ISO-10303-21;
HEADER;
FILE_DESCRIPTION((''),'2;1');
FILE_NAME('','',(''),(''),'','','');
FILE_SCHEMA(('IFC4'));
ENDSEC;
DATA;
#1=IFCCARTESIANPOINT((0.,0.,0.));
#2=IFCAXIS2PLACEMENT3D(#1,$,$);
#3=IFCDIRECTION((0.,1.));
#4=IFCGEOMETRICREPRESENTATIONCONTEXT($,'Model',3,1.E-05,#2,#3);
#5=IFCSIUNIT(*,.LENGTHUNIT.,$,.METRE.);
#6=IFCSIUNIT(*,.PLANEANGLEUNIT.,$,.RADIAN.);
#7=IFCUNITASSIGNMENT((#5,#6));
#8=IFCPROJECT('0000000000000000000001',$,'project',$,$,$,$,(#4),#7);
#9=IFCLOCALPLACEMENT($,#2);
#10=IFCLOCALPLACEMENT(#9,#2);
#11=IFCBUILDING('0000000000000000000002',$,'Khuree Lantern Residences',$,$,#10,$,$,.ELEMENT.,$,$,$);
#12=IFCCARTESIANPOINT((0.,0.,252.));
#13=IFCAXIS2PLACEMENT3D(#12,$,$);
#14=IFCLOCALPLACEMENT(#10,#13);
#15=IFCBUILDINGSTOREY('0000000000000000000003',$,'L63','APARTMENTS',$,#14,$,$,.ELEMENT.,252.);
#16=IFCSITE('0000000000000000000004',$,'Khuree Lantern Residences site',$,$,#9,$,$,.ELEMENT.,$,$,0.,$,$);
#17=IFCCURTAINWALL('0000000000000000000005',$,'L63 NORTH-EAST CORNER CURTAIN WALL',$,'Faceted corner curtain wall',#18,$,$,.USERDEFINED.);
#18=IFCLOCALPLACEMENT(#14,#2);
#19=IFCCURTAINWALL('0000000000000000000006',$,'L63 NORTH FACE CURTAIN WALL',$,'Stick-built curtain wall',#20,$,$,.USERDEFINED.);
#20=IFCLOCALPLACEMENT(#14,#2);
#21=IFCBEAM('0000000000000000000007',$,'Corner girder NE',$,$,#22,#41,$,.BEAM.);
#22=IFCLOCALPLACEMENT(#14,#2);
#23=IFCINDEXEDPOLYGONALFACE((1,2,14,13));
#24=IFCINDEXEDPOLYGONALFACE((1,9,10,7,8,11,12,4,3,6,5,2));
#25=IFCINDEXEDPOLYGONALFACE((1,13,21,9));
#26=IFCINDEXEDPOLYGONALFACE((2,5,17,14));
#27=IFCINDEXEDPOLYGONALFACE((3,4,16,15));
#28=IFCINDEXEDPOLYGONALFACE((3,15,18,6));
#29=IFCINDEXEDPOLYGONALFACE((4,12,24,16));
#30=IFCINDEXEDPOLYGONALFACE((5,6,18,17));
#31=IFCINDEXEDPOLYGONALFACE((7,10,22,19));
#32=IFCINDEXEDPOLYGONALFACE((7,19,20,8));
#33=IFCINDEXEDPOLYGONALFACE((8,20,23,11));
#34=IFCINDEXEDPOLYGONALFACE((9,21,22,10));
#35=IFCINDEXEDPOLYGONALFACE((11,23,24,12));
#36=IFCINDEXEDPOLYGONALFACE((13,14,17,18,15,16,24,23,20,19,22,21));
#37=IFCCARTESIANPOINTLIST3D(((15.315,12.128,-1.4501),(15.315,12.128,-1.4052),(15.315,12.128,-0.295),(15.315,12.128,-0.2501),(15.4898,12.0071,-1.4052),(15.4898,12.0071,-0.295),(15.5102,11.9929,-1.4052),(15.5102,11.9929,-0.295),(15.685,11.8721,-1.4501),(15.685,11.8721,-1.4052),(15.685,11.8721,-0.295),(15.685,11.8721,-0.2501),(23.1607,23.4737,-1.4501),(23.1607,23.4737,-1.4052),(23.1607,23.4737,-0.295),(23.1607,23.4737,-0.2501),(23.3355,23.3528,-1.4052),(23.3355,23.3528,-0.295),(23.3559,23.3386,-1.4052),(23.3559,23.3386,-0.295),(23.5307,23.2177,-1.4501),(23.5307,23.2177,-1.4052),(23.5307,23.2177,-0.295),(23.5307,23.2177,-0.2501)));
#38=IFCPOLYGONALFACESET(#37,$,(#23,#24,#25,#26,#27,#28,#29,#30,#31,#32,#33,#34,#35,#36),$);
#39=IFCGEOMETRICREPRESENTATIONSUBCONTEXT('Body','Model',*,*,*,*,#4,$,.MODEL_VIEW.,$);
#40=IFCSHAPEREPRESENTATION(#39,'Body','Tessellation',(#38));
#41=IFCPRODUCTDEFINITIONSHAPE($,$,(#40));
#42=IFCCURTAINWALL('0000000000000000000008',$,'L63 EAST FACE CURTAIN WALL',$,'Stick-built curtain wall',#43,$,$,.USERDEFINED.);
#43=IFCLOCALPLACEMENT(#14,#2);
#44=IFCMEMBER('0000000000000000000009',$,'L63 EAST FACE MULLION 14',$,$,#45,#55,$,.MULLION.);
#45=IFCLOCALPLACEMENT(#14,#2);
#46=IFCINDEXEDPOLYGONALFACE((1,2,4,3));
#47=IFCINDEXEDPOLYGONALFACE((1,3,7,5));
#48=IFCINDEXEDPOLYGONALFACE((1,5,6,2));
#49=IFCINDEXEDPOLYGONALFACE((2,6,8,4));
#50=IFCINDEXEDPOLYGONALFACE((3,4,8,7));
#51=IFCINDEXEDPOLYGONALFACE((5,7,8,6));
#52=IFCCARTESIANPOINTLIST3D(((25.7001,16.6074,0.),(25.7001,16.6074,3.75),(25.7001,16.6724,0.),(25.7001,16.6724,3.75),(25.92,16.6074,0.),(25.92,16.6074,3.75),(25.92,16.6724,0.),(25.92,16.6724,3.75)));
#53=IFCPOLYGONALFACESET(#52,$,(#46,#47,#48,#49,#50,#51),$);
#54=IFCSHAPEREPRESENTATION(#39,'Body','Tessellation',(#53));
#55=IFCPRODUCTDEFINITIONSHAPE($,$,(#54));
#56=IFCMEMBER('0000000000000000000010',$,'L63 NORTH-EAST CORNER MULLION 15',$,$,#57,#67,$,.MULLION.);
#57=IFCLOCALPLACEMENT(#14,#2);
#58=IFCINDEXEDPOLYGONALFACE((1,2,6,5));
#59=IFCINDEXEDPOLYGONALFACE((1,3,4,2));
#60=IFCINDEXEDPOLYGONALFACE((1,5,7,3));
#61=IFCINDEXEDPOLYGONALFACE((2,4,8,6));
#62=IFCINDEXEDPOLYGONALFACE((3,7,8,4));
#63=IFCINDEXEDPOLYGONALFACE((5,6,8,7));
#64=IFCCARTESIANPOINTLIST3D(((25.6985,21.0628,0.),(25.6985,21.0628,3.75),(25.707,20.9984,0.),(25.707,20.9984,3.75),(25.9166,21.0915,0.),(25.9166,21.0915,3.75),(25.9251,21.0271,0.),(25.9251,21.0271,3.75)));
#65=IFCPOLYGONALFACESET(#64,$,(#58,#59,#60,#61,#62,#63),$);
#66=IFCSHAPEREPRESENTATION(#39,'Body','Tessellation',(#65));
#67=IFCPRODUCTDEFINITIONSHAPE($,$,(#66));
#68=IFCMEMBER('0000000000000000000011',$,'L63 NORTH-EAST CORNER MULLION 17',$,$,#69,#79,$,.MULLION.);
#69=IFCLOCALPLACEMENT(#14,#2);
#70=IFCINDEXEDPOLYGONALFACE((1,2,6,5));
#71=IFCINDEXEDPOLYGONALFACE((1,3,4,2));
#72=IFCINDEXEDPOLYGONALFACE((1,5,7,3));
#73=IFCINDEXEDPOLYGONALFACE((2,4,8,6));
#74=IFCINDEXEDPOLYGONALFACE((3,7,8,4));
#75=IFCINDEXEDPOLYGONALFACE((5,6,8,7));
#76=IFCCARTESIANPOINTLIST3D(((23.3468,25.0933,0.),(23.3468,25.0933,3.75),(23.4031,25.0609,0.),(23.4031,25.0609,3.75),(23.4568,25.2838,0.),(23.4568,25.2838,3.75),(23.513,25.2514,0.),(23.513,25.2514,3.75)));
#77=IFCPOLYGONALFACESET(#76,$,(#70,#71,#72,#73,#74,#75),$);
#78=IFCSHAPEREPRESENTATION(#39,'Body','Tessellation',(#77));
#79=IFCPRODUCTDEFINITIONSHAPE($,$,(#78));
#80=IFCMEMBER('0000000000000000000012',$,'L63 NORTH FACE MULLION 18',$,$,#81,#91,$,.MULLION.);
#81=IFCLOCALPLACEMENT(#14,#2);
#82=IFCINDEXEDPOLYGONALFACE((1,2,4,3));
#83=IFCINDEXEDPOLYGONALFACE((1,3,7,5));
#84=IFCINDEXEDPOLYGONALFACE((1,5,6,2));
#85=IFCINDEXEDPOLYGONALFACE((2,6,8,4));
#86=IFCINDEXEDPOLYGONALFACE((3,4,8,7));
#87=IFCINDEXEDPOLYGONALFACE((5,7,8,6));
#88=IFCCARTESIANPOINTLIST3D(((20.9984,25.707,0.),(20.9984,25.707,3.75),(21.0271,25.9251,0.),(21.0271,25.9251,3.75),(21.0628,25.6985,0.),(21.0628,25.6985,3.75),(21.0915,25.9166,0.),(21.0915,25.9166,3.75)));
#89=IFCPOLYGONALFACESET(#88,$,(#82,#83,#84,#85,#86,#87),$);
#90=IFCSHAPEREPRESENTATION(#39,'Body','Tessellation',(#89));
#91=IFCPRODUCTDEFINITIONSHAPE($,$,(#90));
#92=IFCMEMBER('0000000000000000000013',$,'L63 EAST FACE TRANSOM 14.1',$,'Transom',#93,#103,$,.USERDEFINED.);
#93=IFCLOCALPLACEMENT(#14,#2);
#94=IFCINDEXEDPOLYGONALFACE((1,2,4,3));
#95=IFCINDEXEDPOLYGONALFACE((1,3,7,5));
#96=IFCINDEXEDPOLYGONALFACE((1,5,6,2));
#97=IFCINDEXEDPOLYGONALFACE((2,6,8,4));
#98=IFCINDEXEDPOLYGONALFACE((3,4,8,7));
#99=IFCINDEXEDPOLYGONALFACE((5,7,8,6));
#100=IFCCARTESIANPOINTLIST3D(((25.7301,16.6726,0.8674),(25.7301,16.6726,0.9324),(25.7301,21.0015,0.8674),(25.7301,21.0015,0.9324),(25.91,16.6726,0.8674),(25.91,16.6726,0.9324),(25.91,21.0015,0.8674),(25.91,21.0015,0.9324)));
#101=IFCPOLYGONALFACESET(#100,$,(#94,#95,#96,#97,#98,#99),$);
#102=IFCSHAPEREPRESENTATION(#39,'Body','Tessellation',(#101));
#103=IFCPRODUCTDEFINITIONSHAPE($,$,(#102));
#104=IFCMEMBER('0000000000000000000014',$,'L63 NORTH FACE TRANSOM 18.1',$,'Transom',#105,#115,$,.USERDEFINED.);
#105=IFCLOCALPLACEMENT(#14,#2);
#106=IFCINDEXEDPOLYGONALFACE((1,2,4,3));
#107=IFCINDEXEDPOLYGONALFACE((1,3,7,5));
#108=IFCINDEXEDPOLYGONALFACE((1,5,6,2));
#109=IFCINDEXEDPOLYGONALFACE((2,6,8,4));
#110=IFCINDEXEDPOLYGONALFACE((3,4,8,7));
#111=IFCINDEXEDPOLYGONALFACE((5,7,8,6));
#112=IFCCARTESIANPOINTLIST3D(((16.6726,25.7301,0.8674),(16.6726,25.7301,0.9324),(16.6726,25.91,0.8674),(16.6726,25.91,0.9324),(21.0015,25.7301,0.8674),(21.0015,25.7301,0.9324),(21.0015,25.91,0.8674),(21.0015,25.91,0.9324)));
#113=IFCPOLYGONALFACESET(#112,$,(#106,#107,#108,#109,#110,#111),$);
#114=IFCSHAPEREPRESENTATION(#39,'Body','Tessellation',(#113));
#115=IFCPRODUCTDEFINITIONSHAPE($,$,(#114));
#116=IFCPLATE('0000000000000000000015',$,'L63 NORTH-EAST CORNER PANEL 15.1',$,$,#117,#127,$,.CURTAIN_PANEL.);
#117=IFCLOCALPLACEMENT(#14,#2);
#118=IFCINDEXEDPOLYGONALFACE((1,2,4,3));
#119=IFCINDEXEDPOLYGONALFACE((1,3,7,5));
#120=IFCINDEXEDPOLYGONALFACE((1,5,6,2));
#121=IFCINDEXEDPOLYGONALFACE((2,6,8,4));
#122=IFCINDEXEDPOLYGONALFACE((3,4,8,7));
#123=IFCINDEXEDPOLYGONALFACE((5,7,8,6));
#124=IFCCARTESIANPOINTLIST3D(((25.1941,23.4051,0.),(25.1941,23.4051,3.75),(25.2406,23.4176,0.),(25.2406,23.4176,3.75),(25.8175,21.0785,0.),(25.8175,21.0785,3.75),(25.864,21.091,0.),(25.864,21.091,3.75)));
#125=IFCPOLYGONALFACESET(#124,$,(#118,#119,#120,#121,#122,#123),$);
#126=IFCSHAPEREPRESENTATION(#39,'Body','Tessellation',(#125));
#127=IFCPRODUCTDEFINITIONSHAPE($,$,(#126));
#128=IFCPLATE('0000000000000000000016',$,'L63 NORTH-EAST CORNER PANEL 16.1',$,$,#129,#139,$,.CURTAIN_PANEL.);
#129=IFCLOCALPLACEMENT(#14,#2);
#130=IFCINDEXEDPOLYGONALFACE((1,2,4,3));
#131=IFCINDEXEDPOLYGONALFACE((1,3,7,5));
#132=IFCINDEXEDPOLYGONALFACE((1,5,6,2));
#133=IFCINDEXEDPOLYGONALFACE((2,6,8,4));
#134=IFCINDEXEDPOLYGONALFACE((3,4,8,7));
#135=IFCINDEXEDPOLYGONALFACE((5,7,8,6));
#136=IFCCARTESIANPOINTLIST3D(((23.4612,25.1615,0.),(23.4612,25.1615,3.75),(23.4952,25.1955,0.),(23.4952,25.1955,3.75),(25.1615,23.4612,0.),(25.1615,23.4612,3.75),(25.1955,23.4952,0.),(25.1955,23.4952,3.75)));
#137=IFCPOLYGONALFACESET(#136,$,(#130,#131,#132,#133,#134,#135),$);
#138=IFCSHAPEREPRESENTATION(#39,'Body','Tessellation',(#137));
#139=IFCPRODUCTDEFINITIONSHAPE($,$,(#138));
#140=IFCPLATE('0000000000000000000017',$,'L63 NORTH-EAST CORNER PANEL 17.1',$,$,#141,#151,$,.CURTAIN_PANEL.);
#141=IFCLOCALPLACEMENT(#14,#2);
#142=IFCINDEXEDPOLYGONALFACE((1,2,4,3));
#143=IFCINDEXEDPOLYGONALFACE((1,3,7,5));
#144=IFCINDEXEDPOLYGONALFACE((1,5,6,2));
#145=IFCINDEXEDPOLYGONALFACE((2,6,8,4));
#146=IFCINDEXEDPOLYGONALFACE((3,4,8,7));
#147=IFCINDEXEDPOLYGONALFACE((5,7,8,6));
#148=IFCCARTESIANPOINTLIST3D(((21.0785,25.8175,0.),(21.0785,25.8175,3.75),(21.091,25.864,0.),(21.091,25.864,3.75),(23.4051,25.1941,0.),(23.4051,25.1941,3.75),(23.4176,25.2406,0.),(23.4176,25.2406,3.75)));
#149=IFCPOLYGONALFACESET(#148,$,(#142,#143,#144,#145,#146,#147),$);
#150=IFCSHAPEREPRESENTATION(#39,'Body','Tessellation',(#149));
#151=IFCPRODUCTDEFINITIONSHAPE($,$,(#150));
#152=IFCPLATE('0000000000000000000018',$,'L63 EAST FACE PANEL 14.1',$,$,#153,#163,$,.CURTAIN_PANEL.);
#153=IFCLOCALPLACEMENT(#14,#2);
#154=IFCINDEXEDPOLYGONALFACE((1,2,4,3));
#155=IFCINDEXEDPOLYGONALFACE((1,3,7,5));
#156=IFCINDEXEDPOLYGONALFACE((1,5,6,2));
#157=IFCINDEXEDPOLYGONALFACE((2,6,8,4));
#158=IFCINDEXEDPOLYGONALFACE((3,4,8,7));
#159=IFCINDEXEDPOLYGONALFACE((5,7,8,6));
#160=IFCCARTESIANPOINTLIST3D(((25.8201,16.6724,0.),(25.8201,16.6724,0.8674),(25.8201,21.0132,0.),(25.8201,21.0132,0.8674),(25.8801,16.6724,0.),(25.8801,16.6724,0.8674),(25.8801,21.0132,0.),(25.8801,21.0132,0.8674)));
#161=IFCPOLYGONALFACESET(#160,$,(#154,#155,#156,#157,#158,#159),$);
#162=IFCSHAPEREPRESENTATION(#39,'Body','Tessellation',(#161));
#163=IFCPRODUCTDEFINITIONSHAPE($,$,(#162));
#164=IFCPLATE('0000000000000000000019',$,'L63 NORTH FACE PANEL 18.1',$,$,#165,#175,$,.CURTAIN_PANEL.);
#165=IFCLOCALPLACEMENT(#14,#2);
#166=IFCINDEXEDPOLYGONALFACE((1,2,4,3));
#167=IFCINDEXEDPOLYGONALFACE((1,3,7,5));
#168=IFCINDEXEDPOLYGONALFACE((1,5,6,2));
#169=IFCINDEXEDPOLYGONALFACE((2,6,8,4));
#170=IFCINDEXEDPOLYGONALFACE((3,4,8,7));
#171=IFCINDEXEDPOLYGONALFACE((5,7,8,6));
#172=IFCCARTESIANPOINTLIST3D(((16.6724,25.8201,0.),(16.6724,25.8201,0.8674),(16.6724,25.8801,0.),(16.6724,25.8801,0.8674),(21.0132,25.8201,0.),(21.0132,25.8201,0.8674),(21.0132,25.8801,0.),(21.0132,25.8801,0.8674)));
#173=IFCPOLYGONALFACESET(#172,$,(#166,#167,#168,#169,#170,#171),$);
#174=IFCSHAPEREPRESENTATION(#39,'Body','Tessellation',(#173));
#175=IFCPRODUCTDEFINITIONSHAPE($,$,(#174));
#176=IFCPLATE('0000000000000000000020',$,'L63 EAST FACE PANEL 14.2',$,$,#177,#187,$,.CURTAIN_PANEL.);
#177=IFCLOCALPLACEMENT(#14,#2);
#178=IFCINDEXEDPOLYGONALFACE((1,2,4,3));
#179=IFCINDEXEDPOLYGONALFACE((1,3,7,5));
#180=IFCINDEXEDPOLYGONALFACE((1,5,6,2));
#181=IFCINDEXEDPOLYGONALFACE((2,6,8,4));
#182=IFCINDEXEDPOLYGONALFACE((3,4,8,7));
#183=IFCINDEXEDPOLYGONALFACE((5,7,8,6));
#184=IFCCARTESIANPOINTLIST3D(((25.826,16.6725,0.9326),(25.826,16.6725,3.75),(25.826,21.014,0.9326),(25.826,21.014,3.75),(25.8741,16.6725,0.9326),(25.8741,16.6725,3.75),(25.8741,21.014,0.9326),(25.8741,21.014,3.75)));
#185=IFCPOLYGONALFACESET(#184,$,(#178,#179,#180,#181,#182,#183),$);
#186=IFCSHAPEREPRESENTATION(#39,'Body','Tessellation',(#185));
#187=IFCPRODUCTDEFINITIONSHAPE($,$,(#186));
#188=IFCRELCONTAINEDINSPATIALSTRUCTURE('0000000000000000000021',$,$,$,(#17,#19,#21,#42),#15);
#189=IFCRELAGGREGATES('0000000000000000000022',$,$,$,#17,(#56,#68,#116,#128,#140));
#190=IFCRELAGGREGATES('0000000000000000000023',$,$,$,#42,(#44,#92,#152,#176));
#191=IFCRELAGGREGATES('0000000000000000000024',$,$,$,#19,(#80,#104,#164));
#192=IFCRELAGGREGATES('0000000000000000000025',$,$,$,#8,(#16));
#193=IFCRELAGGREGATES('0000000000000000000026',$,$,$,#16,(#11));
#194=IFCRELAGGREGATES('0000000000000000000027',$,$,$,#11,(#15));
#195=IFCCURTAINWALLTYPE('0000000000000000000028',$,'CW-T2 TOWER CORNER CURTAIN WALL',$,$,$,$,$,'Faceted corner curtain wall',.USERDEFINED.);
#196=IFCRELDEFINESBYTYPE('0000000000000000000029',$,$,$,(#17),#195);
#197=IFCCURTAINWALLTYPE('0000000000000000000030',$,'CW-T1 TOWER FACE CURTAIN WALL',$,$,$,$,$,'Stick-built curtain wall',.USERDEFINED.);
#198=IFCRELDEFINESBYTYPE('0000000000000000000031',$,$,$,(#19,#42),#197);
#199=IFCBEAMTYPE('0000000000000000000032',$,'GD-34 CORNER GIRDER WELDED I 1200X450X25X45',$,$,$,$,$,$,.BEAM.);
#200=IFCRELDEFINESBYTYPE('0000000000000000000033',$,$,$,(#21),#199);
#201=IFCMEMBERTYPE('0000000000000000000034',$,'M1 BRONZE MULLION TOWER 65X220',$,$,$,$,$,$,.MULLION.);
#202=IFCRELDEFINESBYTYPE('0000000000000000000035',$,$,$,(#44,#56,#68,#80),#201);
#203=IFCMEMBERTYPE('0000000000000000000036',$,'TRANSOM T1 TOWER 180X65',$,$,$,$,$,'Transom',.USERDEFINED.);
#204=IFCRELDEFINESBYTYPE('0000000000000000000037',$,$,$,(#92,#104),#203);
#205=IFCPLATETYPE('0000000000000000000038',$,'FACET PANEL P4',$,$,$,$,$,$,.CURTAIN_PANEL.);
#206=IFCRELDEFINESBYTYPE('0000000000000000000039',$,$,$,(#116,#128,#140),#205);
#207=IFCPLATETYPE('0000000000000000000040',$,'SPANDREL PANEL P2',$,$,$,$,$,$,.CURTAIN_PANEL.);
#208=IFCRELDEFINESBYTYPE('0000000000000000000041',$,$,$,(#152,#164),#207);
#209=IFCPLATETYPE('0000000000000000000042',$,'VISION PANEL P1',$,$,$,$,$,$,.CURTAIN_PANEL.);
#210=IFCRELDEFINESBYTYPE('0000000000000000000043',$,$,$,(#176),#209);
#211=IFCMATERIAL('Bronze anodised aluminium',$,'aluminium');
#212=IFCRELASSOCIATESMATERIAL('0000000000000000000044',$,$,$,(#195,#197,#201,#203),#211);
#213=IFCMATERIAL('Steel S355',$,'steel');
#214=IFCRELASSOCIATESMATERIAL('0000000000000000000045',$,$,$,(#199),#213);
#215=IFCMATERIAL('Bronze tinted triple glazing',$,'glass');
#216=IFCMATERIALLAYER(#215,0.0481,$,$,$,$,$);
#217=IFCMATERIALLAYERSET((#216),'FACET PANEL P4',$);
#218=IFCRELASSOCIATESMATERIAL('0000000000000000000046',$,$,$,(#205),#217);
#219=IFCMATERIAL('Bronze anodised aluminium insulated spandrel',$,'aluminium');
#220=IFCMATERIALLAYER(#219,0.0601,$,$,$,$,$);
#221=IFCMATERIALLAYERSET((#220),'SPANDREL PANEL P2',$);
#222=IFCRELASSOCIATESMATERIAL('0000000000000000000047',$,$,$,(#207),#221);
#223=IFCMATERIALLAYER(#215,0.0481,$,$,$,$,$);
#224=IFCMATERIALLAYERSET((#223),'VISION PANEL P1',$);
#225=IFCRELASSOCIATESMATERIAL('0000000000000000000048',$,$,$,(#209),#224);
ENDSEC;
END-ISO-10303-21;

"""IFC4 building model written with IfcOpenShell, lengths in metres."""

from ifc_helpers import new_model, si_unit, direction, frame, origin, origin_2d, place, context, subcontext, project, spatial, rectangle, i_section, extrude, material, layer, layer_set, material_profile, profile_set, type_object, element, aggregate, save


model = new_model("IFC4")

# Units and contexts
model_context = context("Model", 3, precision=1e-05, world=origin(), true_north=direction((0.0, 1.0)))
body_context = subcontext(model_context, "Body", "Model", "MODEL_VIEW")
ifc_project = project(units=[si_unit("LENGTHUNIT", "METRE"), si_unit("PLANEANGLEUNIT", "RADIAN")], contexts=[model_context])

# Site, building, storey
site_placement = place(None, origin())
site = spatial("IfcSite", under=ifc_project, at=site_placement, Name="Khuree Lantern Residences site", CompositionType="ELEMENT", RefElevation=0.0)
building_placement = place(site_placement, origin())
building = spatial("IfcBuilding", under=site, at=building_placement, Name="Khuree Lantern Residences", CompositionType="ELEMENT")
storey_placement = place(building_placement, frame((0.0, 0.0, 252.0)))
storey = spatial("IfcBuildingStorey", under=building, at=storey_placement, Name="L63", Description="APARTMENTS", CompositionType="ELEMENT", Elevation=252.0)

# Shared definitions
ifc_material_1 = material(Name="Steel S355", Category="steel")

# Curtain walls
ifc_material_2 = material(Name="Bronze anodised aluminium", Category="aluminium")
curtain_wall_type_1 = type_object("IfcCurtainWallType", Name="CW-T2 TOWER CORNER CURTAIN WALL", ElementType="Faceted corner curtain wall", PredefinedType="USERDEFINED", material=ifc_material_2)
curtain_wall_1_placement = place(storey_placement, origin())
curtain_wall_1 = element("IfcCurtainWall", 1, at=curtain_wall_1_placement, inside=storey, type_object=curtain_wall_type_1, Name="L63 NORTH-EAST CORNER CURTAIN WALL", ObjectType="Faceted corner curtain wall", PredefinedType="USERDEFINED")
curtain_wall_type_2 = type_object("IfcCurtainWallType", Name="CW-T1 TOWER FACE CURTAIN WALL", ElementType="Stick-built curtain wall", PredefinedType="USERDEFINED", material=ifc_material_2)
curtain_wall_2_placement = place(storey_placement, origin())
curtain_wall_2 = element("IfcCurtainWall", 2, at=curtain_wall_2_placement, inside=storey, type_object=curtain_wall_type_2, Name="L63 NORTH FACE CURTAIN WALL", ObjectType="Stick-built curtain wall", PredefinedType="USERDEFINED")

# Beam
ifc_material_profile_1 = material_profile(ifc_material_1, i_section(OverallWidth=0.45, OverallDepth=1.2, WebThickness=0.0249, FlangeThickness=0.0449, at=origin_2d()), Name="WELDED I 1200X450X25X45")
ifc_profile_set_1 = profile_set([ifc_material_profile_1], Name="Steel S355")
beam_type_1 = type_object("IfcBeamType", Name="GD-34 CORNER GIRDER WELDED I 1200X450X25X45", PredefinedType="BEAM", material=ifc_profile_set_1)
beam_1_placement = place(storey_placement, frame((23.3457, 23.3457, -0.8501), z_axis=(-0.568768, -0.822498, 0.0), x_axis=(0.822498, -0.568768, 0.0)))
element("IfcBeam", 3, at=beam_1_placement, inside=storey, type_object=beam_type_1, Name="Corner girder NE", PredefinedType="BEAM", context=body_context, shape_type="SweptSolid", body=[
    extrude(i_section(OverallWidth=0.45, OverallDepth=1.2, WebThickness=0.0249, FlangeThickness=0.0449, at=origin_2d()), origin(), (0.0, 0.0, 1.0), 13.7942),
])

# Curtain wall, member
curtain_wall_3_placement = place(storey_placement, origin())
curtain_wall_3 = element("IfcCurtainWall", 4, at=curtain_wall_3_placement, inside=storey, type_object=curtain_wall_type_2, Name="L63 EAST FACE CURTAIN WALL", ObjectType="Stick-built curtain wall", PredefinedType="USERDEFINED")
ifc_material_profile_2 = material_profile(ifc_material_2, rectangle(XDim=0.0649, YDim=0.22, at=origin_2d()), Name="M1 65X220")
ifc_profile_set_2 = profile_set([ifc_material_profile_2], Name="Bronze anodised aluminium")
member_type_1 = type_object("IfcMemberType", Name="M1 BRONZE MULLION TOWER 65X220", PredefinedType="MULLION", material=ifc_profile_set_2)
member_1_placement = place(storey_placement, frame((25.8101, 16.6399, 0.0), z_axis=(0.0, 0.0, 1.0), x_axis=(0.0, 1.0, 0.0)))
member_1 = element("IfcMember", 5, at=member_1_placement, type_object=member_type_1, Name="L63 EAST FACE MULLION 14", PredefinedType="MULLION", context=body_context, shape_type="SweptSolid", body=[
    extrude(rectangle(XDim=0.0649, YDim=0.22, at=origin_2d()), origin(), (0.0, 0.0, 1.0), 3.75),
])

# Members
member_2_placement = place(storey_placement, frame((25.8118, 21.0449, 0.0), z_axis=(0.0, 0.0, 1.0), x_axis=(-0.130526, 0.991445, 0.0)))
member_2 = element("IfcMember", 6, at=member_2_placement, type_object=member_type_1, Name="L63 NORTH-EAST CORNER MULLION 15", PredefinedType="MULLION", context=body_context, shape_type="SweptSolid", body=[
    extrude(rectangle(XDim=0.0649, YDim=0.22, at=origin_2d()), origin(), (0.0, 0.0, 1.0), 3.75),
])
member_3_placement = place(storey_placement, frame((23.4299, 25.1724, 0.0), z_axis=(0.0, 0.0, 1.0), x_axis=(-0.866025, 0.5, 0.0)))
member_3 = element("IfcMember", 7, at=member_3_placement, type_object=member_type_1, Name="L63 NORTH-EAST CORNER MULLION 17", PredefinedType="MULLION", context=body_context, shape_type="SweptSolid", body=[
    extrude(rectangle(XDim=0.0649, YDim=0.22, at=origin_2d()), origin(), (0.0, 0.0, 1.0), 3.75),
])
member_4_placement = place(storey_placement, frame((21.0449, 25.8118, 0.0), z_axis=(0.0, 0.0, 1.0), x_axis=(-0.991445, 0.130526, 0.0)))
member_4 = element("IfcMember", 8, at=member_4_placement, type_object=member_type_1, Name="L63 NORTH FACE MULLION 18", PredefinedType="MULLION", context=body_context, shape_type="SweptSolid", body=[
    extrude(rectangle(XDim=0.0649, YDim=0.22, at=origin_2d()), origin(), (0.0, 0.0, 1.0), 3.75),
])
ifc_material_profile_3 = material_profile(ifc_material_2, rectangle(XDim=0.1799, YDim=0.0649, at=origin_2d()), Name="T1 180X65")
ifc_profile_set_3 = profile_set([ifc_material_profile_3], Name="Bronze anodised aluminium")
member_type_2 = type_object("IfcMemberType", Name="TRANSOM T1 TOWER 180X65", ElementType="Transom", PredefinedType="USERDEFINED", material=ifc_profile_set_3)
member_5_placement = place(storey_placement, frame((25.8201, 16.6726, 0.8999), z_axis=(0.0, 1.0, 0.0), x_axis=(-1.0, 0.0, 0.0)))
member_5 = element("IfcMember", 9, at=member_5_placement, type_object=member_type_2, Name="L63 EAST FACE TRANSOM 14.1", ObjectType="Transom", PredefinedType="USERDEFINED", context=body_context, shape_type="SweptSolid", body=[
    extrude(rectangle(XDim=0.1799, YDim=0.0649, at=origin_2d()), origin(), (0.0, 0.0, 1.0), 4.3289),
])
member_6_placement = place(storey_placement, frame((21.0015, 25.8201, 0.8999), z_axis=(-1.0, 0.0, 0.0), x_axis=(0.0, -1.0, 0.0)))
member_6 = element("IfcMember", 10, at=member_6_placement, type_object=member_type_2, Name="L63 NORTH FACE TRANSOM 18.1", ObjectType="Transom", PredefinedType="USERDEFINED", context=body_context, shape_type="SweptSolid", body=[
    extrude(rectangle(XDim=0.1799, YDim=0.0649, at=origin_2d()), origin(), (0.0, 0.0, 1.0), 4.3289),
])

# Plates
ifc_material_3 = material(Name="Bronze tinted triple glazing", Category="glass")
ifc_layer_1 = layer(ifc_material_3, 0.0481)
ifc_layer_set_1 = layer_set([ifc_layer_1], Name="FACET PANEL P4")
plate_type_1 = type_object("IfcPlateType", Name="FACET PANEL P4", PredefinedType="CURTAIN_PANEL", material=ifc_layer_set_1)
plate_1_placement = place(storey_placement, frame((25.5291, 22.248, 0.0), z_axis=(0.0, 0.0, 1.0), x_axis=(-0.258819, 0.965926, 0.0)))
plate_1 = element("IfcPlate", 11, at=plate_1_placement, type_object=plate_type_1, Name="L63 NORTH-EAST CORNER PANEL 15.1", PredefinedType="CURTAIN_PANEL", context=body_context, shape_type="SweptSolid", body=[
    extrude(rectangle(XDim=2.4087, YDim=0.0481, at=origin_2d()), origin(), (0.0, 0.0, 1.0), 3.75),
])
plate_2_placement = place(storey_placement, frame((24.3284, 24.3284, 0.0), z_axis=(0.0, 0.0, 1.0), x_axis=(-0.707107, 0.707107, 0.0)))
plate_2 = element("IfcPlate", 12, at=plate_2_placement, type_object=plate_type_1, Name="L63 NORTH-EAST CORNER PANEL 16.1", PredefinedType="CURTAIN_PANEL", context=body_context, shape_type="SweptSolid", body=[
    extrude(rectangle(XDim=2.4045, YDim=0.0481, at=origin_2d()), origin(), (0.0, 0.0, 1.0), 3.75),
])
plate_3_placement = place(storey_placement, frame((22.248, 25.5291, 0.0), z_axis=(0.0, 0.0, 1.0), x_axis=(-0.965926, 0.258819, 0.0)))
plate_3 = element("IfcPlate", 13, at=plate_3_placement, type_object=plate_type_1, Name="L63 NORTH-EAST CORNER PANEL 17.1", PredefinedType="CURTAIN_PANEL", context=body_context, shape_type="SweptSolid", body=[
    extrude(rectangle(XDim=2.4087, YDim=0.0481, at=origin_2d()), origin(), (0.0, 0.0, 1.0), 3.75),
])
aggregate(curtain_wall_1, [member_2, member_3, plate_1, plate_2, plate_3])
ifc_material_4 = material(Name="Bronze anodised aluminium insulated spandrel", Category="aluminium")
ifc_layer_2 = layer(ifc_material_4, 0.0601)
ifc_layer_set_2 = layer_set([ifc_layer_2], Name="SPANDREL PANEL P2")
plate_type_2 = type_object("IfcPlateType", Name="SPANDREL PANEL P2", PredefinedType="CURTAIN_PANEL", material=ifc_layer_set_2)
plate_4_placement = place(storey_placement, frame((25.8501, 18.8428, 0.0), z_axis=(0.0, 0.0, 1.0), x_axis=(0.0, 1.0, 0.0)))
plate_4 = element("IfcPlate", 14, at=plate_4_placement, type_object=plate_type_2, Name="L63 EAST FACE PANEL 14.1", PredefinedType="CURTAIN_PANEL", context=body_context, shape_type="SweptSolid", body=[
    extrude(rectangle(XDim=4.3408, YDim=0.0601, at=origin_2d()), origin(), (0.0, 0.0, 1.0), 0.8674),
])
plate_5_placement = place(storey_placement, frame((18.8428, 25.8501, 0.0), z_axis=(0.0, 0.0, 1.0), x_axis=(-1.0, 0.0, 0.0)))
plate_5 = element("IfcPlate", 15, at=plate_5_placement, type_object=plate_type_2, Name="L63 NORTH FACE PANEL 18.1", PredefinedType="CURTAIN_PANEL", context=body_context, shape_type="SweptSolid", body=[
    extrude(rectangle(XDim=4.3408, YDim=0.0601, at=origin_2d()), origin(), (0.0, 0.0, 1.0), 0.8674),
])
ifc_layer_3 = layer(ifc_material_3, 0.0481)
ifc_layer_set_3 = layer_set([ifc_layer_3], Name="VISION PANEL P1")
plate_type_3 = type_object("IfcPlateType", Name="VISION PANEL P1", PredefinedType="CURTAIN_PANEL", material=ifc_layer_set_3)
plate_6_placement = place(storey_placement, frame((25.8501, 18.8433, 0.9326), z_axis=(0.0, 0.0, 1.0), x_axis=(0.0, 1.0, 0.0)))
plate_6 = element("IfcPlate", 16, at=plate_6_placement, type_object=plate_type_3, Name="L63 EAST FACE PANEL 14.2", PredefinedType="CURTAIN_PANEL", context=body_context, shape_type="SweptSolid", body=[
    extrude(rectangle(XDim=4.3416, YDim=0.0481, at=origin_2d()), origin(), (0.0, 0.0, 1.0), 2.8174),
])
aggregate(curtain_wall_3, [member_1, member_5, plate_4, plate_6])
aggregate(curtain_wall_2, [member_4, member_6, plate_5])

save(model, "model.ifc")
